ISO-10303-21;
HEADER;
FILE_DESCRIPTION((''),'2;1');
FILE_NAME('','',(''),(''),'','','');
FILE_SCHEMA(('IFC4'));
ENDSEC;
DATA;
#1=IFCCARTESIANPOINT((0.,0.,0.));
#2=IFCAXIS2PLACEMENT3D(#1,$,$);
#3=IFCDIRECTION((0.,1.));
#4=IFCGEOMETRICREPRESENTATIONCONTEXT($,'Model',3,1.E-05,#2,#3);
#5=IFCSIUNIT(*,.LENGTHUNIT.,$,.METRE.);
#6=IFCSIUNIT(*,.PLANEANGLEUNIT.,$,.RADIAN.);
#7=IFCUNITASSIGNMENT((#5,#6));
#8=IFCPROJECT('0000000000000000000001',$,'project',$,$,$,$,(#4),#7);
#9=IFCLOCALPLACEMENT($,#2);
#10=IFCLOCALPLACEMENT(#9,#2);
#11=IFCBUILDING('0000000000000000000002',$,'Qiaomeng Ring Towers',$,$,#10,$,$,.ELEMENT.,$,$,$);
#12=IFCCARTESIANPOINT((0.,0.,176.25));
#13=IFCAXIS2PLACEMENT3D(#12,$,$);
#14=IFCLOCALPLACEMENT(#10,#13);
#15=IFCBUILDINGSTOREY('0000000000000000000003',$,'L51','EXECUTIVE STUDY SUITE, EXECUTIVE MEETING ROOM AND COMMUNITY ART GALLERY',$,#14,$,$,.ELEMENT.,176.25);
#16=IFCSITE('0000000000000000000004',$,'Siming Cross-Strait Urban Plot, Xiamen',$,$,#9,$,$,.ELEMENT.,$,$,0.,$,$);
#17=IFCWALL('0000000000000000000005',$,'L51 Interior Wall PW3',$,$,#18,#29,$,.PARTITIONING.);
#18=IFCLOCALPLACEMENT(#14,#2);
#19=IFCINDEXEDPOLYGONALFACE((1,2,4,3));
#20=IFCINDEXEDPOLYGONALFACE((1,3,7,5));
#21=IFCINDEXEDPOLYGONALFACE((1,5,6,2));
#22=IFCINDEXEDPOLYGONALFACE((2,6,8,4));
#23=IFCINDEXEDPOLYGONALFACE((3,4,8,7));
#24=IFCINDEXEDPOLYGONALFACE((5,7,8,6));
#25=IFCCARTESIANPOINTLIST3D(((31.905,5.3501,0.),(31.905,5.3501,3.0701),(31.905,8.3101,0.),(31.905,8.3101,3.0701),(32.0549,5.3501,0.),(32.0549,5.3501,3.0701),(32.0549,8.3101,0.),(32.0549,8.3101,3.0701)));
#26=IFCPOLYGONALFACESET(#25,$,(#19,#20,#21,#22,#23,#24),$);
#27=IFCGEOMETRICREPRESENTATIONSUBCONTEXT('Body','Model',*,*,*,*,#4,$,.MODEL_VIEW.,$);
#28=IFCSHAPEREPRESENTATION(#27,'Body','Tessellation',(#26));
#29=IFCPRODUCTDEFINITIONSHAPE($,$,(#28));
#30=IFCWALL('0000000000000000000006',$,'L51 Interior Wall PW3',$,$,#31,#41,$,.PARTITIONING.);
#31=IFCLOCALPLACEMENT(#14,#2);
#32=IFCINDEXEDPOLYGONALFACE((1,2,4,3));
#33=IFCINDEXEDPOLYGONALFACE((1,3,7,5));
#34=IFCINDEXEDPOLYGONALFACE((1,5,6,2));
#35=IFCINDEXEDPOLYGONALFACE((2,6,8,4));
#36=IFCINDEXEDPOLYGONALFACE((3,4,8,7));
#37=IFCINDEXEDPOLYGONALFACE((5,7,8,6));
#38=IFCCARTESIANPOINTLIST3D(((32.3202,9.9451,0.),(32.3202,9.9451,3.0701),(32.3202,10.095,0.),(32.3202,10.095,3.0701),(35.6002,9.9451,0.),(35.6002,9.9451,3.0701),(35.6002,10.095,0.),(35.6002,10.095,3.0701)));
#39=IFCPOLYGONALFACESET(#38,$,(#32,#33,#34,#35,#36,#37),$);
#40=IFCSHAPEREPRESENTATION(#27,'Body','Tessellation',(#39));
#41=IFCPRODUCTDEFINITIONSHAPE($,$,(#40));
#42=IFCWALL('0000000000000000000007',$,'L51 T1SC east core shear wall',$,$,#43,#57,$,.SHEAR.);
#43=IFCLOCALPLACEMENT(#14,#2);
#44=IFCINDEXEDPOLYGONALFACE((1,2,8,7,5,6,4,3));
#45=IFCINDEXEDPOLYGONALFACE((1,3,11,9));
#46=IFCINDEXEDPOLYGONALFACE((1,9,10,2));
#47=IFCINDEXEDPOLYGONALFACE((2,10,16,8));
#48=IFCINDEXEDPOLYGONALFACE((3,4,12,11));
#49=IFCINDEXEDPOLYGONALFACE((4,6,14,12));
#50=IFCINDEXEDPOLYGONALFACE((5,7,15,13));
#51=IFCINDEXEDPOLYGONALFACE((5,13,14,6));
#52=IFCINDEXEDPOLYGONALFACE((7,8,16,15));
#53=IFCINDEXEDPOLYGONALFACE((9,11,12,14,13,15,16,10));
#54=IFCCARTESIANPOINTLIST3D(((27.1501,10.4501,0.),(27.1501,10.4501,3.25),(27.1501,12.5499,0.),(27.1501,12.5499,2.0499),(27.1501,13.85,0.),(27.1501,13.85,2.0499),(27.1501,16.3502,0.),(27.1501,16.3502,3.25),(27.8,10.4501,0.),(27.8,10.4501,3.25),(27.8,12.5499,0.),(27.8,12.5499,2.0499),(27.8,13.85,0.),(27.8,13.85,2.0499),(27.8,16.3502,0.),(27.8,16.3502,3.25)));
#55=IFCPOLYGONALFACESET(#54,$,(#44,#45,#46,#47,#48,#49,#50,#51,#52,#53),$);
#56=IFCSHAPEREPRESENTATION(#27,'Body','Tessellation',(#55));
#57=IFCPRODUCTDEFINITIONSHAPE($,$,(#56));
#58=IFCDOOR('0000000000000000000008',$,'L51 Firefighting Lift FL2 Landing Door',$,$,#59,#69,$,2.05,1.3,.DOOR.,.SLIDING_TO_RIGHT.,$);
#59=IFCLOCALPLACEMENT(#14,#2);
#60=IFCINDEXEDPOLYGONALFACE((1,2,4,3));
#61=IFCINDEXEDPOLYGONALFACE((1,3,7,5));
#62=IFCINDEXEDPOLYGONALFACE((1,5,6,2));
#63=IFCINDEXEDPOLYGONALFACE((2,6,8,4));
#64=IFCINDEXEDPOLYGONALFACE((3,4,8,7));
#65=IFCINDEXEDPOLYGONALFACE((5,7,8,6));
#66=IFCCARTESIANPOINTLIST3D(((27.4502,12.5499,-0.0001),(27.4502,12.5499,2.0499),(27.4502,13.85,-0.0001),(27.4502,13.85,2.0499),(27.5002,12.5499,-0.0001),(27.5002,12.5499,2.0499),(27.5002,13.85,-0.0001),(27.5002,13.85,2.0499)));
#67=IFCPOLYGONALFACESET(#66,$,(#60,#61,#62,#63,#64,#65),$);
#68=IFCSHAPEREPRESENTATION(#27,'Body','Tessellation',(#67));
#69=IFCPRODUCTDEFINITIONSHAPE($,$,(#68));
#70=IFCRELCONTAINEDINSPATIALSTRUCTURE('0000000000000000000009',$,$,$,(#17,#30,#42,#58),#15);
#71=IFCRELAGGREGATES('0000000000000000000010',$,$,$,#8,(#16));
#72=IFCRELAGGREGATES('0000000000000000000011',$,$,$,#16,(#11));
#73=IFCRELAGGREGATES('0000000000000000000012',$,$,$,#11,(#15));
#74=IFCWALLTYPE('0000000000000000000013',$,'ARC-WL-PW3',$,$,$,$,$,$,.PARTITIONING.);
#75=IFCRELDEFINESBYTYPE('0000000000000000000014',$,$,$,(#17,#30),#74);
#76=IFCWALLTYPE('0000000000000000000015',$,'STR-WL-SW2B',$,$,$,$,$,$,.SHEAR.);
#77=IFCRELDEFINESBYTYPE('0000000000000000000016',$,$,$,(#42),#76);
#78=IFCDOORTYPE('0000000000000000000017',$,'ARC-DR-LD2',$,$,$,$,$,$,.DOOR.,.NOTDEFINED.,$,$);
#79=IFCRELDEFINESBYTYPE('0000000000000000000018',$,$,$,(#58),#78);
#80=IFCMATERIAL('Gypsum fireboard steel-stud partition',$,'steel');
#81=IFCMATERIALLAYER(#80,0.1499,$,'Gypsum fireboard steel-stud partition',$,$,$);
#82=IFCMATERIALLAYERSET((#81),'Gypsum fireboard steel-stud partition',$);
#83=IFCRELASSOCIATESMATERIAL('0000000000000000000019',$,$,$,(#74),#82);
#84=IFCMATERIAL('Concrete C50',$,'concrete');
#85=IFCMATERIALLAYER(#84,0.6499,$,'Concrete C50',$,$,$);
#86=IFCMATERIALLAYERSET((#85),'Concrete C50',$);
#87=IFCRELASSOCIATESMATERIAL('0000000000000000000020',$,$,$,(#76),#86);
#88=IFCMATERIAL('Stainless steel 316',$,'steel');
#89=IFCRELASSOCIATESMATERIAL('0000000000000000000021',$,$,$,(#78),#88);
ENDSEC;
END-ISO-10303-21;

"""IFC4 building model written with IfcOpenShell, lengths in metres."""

from ifc_helpers import new_model, si_unit, direction, frame, frame_2d, origin, place, context, subcontext, project, spatial, rectangle, extrude, source, transform, mapped, material, layer, layer_set, type_object, element, fill, save


model = new_model("IFC4")

# Units and contexts
model_context = context("Model", 3, precision=1e-05, world=origin(), true_north=direction((0.0, 1.0)))
body_context = subcontext(model_context, "Body", "Model", "MODEL_VIEW")
ifc_project = project(units=[si_unit("LENGTHUNIT", "METRE"), si_unit("PLANEANGLEUNIT", "RADIAN")], contexts=[model_context])

# Site, building, storey
site_placement = place(None, origin())
site = spatial("IfcSite", under=ifc_project, at=site_placement, Name="Siming Cross-Strait Urban Plot, Xiamen", CompositionType="ELEMENT", RefElevation=0.0)
building_placement = place(site_placement, origin())
building = spatial("IfcBuilding", under=site, at=building_placement, Name="Qiaomeng Ring Towers", CompositionType="ELEMENT")
storey_placement = place(building_placement, frame((0.0, 0.0, 176.25)))
storey = spatial("IfcBuildingStorey", under=building, at=storey_placement, Name="L51", Description="EXECUTIVE STUDY SUITE, EXECUTIVE MEETING ROOM AND COMMUNITY ART GALLERY", CompositionType="ELEMENT", Elevation=176.25)

# Shared definitions
ifc_material_1 = material(Name="Concrete C50", Category="concrete")

# Walls
ifc_material_2 = material(Name="Gypsum fireboard steel-stud partition", Category="steel")
ifc_layer_1 = layer(ifc_material_2, 0.1499, Name="Gypsum fireboard steel-stud partition")
ifc_layer_set_1 = layer_set([ifc_layer_1], Name="Gypsum fireboard steel-stud partition")
wall_type_1 = type_object("IfcWallType", Name="ARC-WL-PW3", PredefinedType="PARTITIONING", material=ifc_layer_set_1)
for number, where, z_axis, x_axis, name in (
    (1, (31.98, 5.3501, 0.0), (0.0, 0.0, 1.0), (0.0, 1.0, 0.0), "L51 Interior Wall PW3"),
):
    element("IfcWall", number, at=place(storey_placement, frame(where, z_axis=z_axis, x_axis=x_axis)), inside=storey, type_object=wall_type_1, Name=name, PredefinedType="PARTITIONING", context=body_context, shape_type="SweptSolid", body=[
        extrude(rectangle(XDim=2.96, YDim=0.1499, at=frame_2d((1.48, 0.0))), origin(), (0.0, 0.0, 1.0), 3.0701),
    ])
wall_1_placement = place(storey_placement, frame((32.3201, 10.02, 0.0), z_axis=(0.0, 0.0, 1.0), x_axis=(1.0, 0.0, 0.0)))
element("IfcWall", 2, at=wall_1_placement, inside=storey, type_object=wall_type_1, Name="L51 Interior Wall PW3", PredefinedType="PARTITIONING", context=body_context, shape_type="SweptSolid", body=[
    extrude(rectangle(XDim=3.28, YDim=0.1499, at=frame_2d((1.6401, 0.0))), origin(), (0.0, 0.0, 1.0), 3.0701),
])

# Wall, opening, door
ifc_layer_2 = layer(ifc_material_1, 0.6499, Name="Concrete C50")
ifc_layer_set_2 = layer_set([ifc_layer_2], Name="Concrete C50")
wall_type_2 = type_object("IfcWallType", Name="STR-WL-SW2B", PredefinedType="SHEAR", material=ifc_layer_set_2)
wall_2_placement = place(storey_placement, frame((27.4751, 10.45, 0.0), z_axis=(0.0, 0.0, 1.0), x_axis=(0.0, 1.0, 0.0)))
wall_2 = element("IfcWall", 3, at=wall_2_placement, inside=storey, type_object=wall_type_2, Name="L51 T1SC east core shear wall", PredefinedType="SHEAR", context=body_context, shape_type="SweptSolid", body=[
    extrude(rectangle(XDim=5.9001, YDim=0.6499, at=frame_2d((2.9502, 0.0))), origin(), (0.0, 0.0, 1.0), 3.25),
])
opening_1_placement = place(wall_2_placement, frame((2.1001, 0.0, 0.0)))
opening_1 = element("IfcOpeningElement", 4, at=opening_1_placement, cuts=wall_2, PredefinedType="OPENING", context=body_context, shape_type="SweptSolid", body=[
    extrude(rectangle(XDim=1.3, YDim=2.05, at=frame_2d((0.6499, 1.0249))), frame((0.0, 0.335, 0.0), z_axis=(0.0, -1.0, 0.0), x_axis=(1.0, 0.0, 0.0)), (0.0, 0.0, 1.0), 0.6699),
])
ifc_material_3 = material(Name="Stainless steel 316", Category="steel")
door_type_1 = type_object("IfcDoorType", Name="ARC-DR-LD2", OperationType="NOTDEFINED", PredefinedType="DOOR", material=ifc_material_3)
shared_shape_1 = source(origin(), body_context, "Body", "SweptSolid", [
    extrude(rectangle(XDim=1.3, YDim=2.05, at=frame_2d((0.6499, 1.0249))), frame((0.0, 0.0249, 0.0), z_axis=(0.0, -1.0, 0.0), x_axis=(1.0, 0.0, 0.0)), (0.0, 0.0, 1.0), 0.05),
])
door_1_placement = place(opening_1_placement, origin())
door_1 = element("IfcDoor", 5, at=door_1_placement, inside=storey, type_object=door_type_1, Name="L51 Firefighting Lift FL2 Landing Door", OperationType="SLIDING_TO_RIGHT", OverallHeight=2.05, OverallWidth=1.3, PredefinedType="DOOR", context=body_context, shape_type="MappedRepresentation", body=[
    mapped(shared_shape_1, transform((0.0, 0.0, 0.0), x_axis=(1.0, 0.0, 0.0), y_axis=(0.0, 1.0, 0.0), z_axis=(0.0, 0.0, 1.0), scale=1.0)),
])
fill(opening_1, door_1)

save(model, "model.ifc")
